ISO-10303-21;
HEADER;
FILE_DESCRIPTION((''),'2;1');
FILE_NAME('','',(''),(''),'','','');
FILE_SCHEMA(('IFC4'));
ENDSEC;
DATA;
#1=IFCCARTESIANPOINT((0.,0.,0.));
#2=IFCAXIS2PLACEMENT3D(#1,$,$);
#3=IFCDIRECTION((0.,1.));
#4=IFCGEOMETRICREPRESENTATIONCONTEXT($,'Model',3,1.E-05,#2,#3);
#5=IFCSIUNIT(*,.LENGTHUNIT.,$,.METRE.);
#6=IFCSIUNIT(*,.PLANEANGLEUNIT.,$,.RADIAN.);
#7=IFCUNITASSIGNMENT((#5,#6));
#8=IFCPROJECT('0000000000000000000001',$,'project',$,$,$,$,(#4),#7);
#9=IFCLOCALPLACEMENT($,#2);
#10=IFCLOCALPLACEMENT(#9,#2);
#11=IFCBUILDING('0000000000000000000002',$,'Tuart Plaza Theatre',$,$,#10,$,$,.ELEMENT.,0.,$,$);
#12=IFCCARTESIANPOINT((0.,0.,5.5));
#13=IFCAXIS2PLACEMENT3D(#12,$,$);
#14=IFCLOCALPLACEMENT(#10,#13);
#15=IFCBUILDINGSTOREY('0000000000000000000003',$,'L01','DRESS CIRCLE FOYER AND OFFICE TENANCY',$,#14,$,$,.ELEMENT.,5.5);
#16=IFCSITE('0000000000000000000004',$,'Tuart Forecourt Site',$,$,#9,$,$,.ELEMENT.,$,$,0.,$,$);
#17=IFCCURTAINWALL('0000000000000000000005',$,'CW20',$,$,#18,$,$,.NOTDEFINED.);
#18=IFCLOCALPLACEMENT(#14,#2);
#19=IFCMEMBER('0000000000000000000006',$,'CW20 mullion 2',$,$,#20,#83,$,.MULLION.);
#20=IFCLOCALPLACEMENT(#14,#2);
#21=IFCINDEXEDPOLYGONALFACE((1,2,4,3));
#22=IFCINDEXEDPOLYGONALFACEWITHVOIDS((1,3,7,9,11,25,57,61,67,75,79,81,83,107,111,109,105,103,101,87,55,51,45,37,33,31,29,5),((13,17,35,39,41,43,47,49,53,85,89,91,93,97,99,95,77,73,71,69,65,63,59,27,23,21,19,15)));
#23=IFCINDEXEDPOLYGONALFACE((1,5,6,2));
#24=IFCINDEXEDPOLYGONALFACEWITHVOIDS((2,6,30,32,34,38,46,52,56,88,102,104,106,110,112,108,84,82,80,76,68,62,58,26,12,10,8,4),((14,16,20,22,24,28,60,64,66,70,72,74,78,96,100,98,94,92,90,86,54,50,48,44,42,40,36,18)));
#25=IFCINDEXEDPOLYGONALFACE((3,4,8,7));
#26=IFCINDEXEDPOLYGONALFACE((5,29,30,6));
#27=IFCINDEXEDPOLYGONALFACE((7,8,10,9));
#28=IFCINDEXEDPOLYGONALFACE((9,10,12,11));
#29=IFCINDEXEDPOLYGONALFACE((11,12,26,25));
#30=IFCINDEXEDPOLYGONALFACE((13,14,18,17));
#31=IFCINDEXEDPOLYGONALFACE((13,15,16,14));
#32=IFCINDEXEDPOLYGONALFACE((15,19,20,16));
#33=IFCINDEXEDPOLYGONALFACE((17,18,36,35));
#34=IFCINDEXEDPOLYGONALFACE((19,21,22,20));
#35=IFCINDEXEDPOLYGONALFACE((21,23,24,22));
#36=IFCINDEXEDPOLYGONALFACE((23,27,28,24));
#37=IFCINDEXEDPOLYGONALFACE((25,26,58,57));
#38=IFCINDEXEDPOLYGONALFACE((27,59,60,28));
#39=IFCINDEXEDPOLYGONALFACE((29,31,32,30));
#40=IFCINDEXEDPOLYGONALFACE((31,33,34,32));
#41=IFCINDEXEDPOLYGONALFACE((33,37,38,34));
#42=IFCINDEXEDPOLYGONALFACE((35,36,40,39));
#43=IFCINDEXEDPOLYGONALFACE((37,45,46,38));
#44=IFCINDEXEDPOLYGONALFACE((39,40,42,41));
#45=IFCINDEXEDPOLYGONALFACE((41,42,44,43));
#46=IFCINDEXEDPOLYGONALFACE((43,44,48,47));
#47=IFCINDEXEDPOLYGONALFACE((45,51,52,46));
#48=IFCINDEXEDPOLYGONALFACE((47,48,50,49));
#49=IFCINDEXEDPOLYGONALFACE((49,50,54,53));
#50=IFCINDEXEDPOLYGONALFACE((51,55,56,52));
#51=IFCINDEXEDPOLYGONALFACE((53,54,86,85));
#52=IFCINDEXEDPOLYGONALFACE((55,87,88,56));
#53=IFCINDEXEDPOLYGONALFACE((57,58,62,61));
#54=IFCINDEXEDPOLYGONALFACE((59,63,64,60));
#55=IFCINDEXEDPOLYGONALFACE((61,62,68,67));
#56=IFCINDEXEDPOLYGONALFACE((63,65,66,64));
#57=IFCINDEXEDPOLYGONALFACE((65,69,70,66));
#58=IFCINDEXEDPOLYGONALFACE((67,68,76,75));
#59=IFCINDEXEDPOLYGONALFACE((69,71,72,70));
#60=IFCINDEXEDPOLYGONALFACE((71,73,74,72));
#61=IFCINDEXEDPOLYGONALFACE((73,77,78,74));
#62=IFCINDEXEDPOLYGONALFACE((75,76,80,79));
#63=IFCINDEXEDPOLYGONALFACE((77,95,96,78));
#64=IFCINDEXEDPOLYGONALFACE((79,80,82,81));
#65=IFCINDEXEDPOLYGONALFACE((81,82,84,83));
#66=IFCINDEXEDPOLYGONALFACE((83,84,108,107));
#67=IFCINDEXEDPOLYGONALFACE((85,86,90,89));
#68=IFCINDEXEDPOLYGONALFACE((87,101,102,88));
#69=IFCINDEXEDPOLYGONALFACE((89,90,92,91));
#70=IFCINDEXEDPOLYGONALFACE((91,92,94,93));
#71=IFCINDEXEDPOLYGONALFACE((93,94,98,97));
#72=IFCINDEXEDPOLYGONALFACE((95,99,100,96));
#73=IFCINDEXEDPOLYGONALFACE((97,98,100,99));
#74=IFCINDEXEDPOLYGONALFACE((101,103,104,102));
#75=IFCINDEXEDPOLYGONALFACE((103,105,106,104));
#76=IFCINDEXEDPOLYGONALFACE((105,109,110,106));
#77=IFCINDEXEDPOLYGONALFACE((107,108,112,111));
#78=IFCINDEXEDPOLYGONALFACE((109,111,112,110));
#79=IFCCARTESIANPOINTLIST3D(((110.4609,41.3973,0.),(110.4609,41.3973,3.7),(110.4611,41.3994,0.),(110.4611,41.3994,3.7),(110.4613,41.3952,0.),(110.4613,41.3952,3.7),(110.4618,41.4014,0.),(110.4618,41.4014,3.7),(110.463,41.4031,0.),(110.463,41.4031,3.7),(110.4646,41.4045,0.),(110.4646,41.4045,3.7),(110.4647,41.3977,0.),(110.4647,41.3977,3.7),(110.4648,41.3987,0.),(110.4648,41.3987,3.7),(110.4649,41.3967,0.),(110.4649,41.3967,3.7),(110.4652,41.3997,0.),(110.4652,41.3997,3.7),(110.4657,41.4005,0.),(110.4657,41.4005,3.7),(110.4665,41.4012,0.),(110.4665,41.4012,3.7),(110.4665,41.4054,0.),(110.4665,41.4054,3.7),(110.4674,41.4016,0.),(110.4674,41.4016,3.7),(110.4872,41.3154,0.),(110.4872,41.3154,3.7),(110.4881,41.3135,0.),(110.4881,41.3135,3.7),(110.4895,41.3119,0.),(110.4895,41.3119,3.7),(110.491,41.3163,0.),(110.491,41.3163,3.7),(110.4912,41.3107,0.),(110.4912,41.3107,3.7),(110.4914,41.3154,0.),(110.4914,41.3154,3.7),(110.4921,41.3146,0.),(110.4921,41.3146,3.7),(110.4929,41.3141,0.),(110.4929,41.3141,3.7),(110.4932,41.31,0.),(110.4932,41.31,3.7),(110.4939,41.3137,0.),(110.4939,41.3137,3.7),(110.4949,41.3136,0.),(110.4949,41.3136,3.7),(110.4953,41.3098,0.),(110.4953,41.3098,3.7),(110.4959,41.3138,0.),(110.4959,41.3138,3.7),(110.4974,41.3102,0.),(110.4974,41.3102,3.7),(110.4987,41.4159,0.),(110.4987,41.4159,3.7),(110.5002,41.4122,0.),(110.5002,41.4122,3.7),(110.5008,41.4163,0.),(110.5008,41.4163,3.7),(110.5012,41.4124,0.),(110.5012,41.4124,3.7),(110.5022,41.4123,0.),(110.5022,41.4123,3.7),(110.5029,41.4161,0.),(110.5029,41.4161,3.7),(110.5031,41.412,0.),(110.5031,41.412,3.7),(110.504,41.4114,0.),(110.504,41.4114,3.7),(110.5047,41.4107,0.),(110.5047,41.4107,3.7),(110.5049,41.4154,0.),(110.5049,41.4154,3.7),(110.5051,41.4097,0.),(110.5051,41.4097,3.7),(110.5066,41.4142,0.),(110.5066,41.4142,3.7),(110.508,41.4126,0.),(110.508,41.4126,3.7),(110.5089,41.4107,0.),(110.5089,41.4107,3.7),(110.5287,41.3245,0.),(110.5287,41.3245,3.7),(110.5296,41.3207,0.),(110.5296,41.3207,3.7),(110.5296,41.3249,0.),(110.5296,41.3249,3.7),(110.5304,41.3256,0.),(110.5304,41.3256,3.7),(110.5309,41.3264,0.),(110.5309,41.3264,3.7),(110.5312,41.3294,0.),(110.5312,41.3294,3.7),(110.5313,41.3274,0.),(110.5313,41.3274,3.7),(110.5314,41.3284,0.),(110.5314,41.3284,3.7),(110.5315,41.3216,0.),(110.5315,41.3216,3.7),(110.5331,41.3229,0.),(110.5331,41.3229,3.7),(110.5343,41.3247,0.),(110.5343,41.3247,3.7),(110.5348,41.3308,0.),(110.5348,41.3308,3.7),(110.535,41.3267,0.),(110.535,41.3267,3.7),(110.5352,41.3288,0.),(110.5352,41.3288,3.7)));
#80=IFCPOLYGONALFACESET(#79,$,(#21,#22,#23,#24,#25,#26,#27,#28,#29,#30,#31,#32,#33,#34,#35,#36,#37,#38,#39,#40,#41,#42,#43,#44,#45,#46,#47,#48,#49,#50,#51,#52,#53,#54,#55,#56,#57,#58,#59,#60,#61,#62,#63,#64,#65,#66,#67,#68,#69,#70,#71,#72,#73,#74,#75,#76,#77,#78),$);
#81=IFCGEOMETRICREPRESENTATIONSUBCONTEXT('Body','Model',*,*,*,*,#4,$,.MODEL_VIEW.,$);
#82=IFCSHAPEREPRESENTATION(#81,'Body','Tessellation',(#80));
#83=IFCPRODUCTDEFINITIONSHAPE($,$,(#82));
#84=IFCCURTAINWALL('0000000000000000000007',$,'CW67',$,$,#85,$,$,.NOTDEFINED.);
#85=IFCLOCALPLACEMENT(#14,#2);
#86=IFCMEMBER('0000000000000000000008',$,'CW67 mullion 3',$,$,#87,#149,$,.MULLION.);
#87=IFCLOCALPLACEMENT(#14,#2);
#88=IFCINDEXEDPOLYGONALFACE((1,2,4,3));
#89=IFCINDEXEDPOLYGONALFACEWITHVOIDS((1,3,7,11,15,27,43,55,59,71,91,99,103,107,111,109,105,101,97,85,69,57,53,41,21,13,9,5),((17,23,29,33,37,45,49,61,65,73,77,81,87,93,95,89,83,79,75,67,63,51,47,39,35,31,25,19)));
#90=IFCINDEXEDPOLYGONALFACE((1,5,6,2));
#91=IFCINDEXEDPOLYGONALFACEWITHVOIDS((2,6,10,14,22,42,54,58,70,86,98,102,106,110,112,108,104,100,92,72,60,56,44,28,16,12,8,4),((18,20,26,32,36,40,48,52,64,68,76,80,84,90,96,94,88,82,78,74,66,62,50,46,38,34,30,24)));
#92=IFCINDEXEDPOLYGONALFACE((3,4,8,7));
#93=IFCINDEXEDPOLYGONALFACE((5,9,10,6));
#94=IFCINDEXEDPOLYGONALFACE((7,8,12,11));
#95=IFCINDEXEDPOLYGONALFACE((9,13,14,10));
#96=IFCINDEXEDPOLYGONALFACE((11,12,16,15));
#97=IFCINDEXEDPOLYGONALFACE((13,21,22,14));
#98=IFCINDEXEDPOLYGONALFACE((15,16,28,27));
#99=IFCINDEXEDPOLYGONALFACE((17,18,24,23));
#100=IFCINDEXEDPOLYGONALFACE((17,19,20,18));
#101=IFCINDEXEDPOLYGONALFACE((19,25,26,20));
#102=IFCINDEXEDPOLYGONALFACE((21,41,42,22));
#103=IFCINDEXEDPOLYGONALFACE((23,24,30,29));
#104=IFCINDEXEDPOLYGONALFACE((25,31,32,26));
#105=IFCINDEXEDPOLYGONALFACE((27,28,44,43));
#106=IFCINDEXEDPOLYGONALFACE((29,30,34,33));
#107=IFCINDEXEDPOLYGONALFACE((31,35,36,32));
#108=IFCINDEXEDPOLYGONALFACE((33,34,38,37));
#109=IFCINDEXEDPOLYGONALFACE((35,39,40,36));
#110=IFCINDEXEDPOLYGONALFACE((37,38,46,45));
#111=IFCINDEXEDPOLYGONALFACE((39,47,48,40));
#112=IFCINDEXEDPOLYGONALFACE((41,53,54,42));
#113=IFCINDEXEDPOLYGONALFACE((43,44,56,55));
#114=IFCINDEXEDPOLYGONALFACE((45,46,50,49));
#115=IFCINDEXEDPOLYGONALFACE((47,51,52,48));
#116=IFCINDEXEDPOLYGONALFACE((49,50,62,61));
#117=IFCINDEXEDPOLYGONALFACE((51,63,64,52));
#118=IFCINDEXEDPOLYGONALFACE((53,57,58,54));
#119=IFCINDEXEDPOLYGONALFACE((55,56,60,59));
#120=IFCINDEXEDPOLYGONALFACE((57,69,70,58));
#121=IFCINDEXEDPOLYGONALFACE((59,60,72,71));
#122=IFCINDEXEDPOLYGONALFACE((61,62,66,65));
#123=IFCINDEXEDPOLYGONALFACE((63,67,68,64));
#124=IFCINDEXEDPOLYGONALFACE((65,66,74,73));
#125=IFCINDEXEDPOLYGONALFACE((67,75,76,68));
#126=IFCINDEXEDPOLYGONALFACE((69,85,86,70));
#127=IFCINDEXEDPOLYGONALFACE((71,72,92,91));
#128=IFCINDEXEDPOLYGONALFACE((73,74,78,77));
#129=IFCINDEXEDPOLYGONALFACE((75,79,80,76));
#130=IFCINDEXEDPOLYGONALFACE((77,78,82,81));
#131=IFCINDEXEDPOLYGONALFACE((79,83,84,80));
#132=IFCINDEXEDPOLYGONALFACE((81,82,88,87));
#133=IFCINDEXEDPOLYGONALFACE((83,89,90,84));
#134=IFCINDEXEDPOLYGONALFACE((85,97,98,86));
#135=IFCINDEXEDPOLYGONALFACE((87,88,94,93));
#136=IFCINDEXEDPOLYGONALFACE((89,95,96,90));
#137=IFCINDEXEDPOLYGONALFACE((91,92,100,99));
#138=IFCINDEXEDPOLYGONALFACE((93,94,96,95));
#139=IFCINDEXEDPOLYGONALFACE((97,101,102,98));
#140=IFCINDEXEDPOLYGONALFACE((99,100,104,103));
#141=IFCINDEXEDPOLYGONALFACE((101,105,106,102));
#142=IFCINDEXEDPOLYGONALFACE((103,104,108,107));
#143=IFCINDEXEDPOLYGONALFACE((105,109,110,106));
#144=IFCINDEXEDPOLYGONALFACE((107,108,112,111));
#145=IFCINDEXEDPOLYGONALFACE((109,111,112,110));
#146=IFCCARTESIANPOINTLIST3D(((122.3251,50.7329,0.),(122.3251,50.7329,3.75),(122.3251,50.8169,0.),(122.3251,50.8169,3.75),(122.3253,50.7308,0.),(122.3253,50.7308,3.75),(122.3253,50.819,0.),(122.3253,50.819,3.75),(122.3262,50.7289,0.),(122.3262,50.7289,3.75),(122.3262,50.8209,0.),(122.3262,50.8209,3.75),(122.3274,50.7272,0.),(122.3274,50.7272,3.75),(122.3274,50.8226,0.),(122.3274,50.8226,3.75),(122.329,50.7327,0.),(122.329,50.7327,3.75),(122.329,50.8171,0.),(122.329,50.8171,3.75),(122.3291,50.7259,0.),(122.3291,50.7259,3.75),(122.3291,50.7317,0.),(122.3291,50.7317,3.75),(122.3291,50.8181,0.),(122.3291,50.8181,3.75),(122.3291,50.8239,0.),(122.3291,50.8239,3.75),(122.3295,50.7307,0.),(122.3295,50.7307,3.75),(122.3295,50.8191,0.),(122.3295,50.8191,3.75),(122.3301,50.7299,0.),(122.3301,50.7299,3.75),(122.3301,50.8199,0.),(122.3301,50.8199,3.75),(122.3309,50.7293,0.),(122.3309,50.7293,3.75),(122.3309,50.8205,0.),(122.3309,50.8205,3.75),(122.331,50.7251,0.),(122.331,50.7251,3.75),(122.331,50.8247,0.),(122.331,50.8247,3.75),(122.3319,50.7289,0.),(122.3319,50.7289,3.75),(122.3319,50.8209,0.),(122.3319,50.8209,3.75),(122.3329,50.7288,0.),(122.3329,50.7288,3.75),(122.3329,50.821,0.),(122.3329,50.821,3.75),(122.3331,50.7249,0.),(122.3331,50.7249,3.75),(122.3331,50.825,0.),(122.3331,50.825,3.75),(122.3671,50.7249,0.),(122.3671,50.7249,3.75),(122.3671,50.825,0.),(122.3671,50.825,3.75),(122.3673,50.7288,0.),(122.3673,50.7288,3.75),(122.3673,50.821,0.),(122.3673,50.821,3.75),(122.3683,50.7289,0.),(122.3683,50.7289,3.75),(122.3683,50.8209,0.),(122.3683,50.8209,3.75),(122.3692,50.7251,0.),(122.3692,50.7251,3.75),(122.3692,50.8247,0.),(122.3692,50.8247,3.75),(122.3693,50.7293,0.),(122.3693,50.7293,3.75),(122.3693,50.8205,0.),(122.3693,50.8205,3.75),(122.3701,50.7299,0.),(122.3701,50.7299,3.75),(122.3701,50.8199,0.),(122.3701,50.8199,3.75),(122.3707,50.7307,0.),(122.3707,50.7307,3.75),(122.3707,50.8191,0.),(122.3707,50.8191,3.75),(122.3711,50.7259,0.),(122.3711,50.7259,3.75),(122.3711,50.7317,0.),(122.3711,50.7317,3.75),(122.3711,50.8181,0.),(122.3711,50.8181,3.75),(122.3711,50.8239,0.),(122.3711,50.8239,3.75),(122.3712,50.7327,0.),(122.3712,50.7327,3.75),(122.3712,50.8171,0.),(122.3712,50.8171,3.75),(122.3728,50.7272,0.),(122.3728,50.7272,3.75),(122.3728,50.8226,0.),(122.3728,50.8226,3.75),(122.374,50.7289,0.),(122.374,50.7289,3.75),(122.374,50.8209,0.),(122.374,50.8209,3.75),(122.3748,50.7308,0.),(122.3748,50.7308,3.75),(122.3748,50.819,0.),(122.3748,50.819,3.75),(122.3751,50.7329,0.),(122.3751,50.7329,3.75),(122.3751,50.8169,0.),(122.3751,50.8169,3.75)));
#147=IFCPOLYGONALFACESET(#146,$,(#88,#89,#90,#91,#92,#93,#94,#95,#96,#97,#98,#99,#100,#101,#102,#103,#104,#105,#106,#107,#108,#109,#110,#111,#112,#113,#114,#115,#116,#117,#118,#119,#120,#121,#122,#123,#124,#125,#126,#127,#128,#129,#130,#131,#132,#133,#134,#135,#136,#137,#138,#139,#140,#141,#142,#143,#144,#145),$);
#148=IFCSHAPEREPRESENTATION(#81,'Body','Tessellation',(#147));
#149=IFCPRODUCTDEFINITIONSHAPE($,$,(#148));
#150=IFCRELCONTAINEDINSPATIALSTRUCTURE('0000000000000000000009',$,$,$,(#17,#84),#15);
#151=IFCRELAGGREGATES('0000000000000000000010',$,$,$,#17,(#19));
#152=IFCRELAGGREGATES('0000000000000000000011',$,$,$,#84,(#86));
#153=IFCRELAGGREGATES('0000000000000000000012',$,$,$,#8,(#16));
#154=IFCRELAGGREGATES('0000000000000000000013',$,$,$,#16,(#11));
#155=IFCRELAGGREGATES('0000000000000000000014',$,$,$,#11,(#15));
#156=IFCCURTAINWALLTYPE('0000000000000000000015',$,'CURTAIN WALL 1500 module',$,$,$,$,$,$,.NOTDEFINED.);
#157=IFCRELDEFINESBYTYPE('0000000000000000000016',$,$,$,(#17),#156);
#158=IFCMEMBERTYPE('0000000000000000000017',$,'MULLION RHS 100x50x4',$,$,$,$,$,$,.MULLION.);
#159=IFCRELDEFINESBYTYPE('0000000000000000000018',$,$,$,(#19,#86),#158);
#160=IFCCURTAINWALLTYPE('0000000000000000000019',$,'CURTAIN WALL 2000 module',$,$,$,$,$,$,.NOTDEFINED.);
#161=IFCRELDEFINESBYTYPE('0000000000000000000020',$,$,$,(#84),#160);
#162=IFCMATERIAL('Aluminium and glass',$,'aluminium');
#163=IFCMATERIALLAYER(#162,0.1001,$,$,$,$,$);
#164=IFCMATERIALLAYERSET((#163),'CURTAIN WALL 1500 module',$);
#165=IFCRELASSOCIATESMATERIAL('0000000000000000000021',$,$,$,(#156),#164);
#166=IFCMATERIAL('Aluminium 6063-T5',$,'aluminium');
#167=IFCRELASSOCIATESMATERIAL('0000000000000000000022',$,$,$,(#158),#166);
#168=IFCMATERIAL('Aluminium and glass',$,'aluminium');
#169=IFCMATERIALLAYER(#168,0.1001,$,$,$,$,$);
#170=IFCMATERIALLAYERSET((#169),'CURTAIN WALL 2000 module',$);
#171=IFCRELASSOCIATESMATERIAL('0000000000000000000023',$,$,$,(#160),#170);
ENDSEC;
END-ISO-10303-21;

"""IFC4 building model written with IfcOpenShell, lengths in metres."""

from ifc_helpers import new_model, si_unit, direction, frame, origin, origin_2d, place, context, subcontext, project, spatial, hollow_rectangle, extrude, material, layer, layer_set, material_profile, profile_set, type_object, element, aggregate, save


model = new_model("IFC4")

# Units and contexts
model_context = context("Model", 3, precision=1e-05, world=origin(), true_north=direction((0.0, 1.0)))
body_context = subcontext(model_context, "Body", "Model", "MODEL_VIEW")
ifc_project = project(units=[si_unit("LENGTHUNIT", "METRE"), si_unit("PLANEANGLEUNIT", "RADIAN")], contexts=[model_context])

# Site, building, storey
site_placement = place(None, origin())
site = spatial("IfcSite", under=ifc_project, at=site_placement, Name="Tuart Forecourt Site", CompositionType="ELEMENT", RefElevation=0.0)
building_placement = place(site_placement, origin())
building = spatial("IfcBuilding", under=site, at=building_placement, Name="Tuart Plaza Theatre", CompositionType="ELEMENT", ElevationOfRefHeight=0.0)
storey_placement = place(building_placement, frame((0.0, 0.0, 5.5)))
storey = spatial("IfcBuildingStorey", under=building, at=storey_placement, Name="L01", Description="DRESS CIRCLE FOYER AND OFFICE TENANCY", CompositionType="ELEMENT", Elevation=5.5)

# Curtain walls, members
ifc_material_1 = material(Name="Aluminium and glass", Category="aluminium")
ifc_layer_1 = layer(ifc_material_1, 0.1001)
ifc_layer_set_1 = layer_set([ifc_layer_1], Name="CURTAIN WALL 1500 module")
curtain_wall_type_1 = type_object("IfcCurtainWallType", Name="CURTAIN WALL 1500 module", PredefinedType="NOTDEFINED", material=ifc_layer_set_1)
curtain_wall_1_placement = place(storey_placement, origin())
curtain_wall_1 = element("IfcCurtainWall", 1, at=curtain_wall_1_placement, inside=storey, type_object=curtain_wall_type_1, Name="CW20", PredefinedType="NOTDEFINED")
ifc_material_2 = material(Name="Aluminium 6063-T5", Category="aluminium")
ifc_material_profile_1 = material_profile(ifc_material_2, hollow_rectangle(XDim=0.05, YDim=0.1001, WallThickness=0.0039, InnerFilletRadius=0.0039, OuterFilletRadius=0.0081, at=origin_2d()), Name="RHS 100x50x4")
ifc_profile_set_1 = profile_set([ifc_material_profile_1], Name="Aluminium 6063-T5")
member_type_1 = type_object("IfcMemberType", Name="MULLION RHS 100x50x4", PredefinedType="MULLION", material=ifc_profile_set_1)
member_1_placement = place(storey_placement, frame((110.498, 41.363, 0.0), z_axis=(0.0, 0.0, 1.0), x_axis=(0.951122, 0.308815, 0.0)))
member_1 = element("IfcMember", 2, at=member_1_placement, type_object=member_type_1, Name="CW20 mullion 2", PredefinedType="MULLION", context=body_context, shape_type="SweptSolid", body=[
    extrude(hollow_rectangle(XDim=0.05, YDim=0.1001, WallThickness=0.0039, InnerFilletRadius=0.0039, OuterFilletRadius=0.0081, at=origin_2d()), origin(), (0.0, 0.0, 1.0), 3.7),
])
ifc_material_3 = material(Name="Aluminium and glass", Category="aluminium")
ifc_layer_2 = layer(ifc_material_3, 0.1001)
ifc_layer_set_2 = layer_set([ifc_layer_2], Name="CURTAIN WALL 2000 module")
curtain_wall_type_2 = type_object("IfcCurtainWallType", Name="CURTAIN WALL 2000 module", PredefinedType="NOTDEFINED", material=ifc_layer_set_2)
curtain_wall_2_placement = place(storey_placement, origin())
curtain_wall_2 = element("IfcCurtainWall", 3, at=curtain_wall_2_placement, inside=storey, type_object=curtain_wall_type_2, Name="CW67", PredefinedType="NOTDEFINED")
member_2_placement = place(storey_placement, frame((122.3501, 50.7749, 0.0), z_axis=(0.0, 0.0, 1.0), x_axis=(1.0, 0.0, 0.0)))
member_2 = element("IfcMember", 4, at=member_2_placement, type_object=member_type_1, Name="CW67 mullion 3", PredefinedType="MULLION", context=body_context, shape_type="SweptSolid", body=[
    extrude(hollow_rectangle(XDim=0.05, YDim=0.1001, WallThickness=0.0039, InnerFilletRadius=0.0039, OuterFilletRadius=0.0081, at=origin_2d()), origin(), (0.0, 0.0, 1.0), 3.75),
])

aggregate(curtain_wall_1, [member_1])
aggregate(curtain_wall_2, [member_2])

save(model, "model.ifc")
